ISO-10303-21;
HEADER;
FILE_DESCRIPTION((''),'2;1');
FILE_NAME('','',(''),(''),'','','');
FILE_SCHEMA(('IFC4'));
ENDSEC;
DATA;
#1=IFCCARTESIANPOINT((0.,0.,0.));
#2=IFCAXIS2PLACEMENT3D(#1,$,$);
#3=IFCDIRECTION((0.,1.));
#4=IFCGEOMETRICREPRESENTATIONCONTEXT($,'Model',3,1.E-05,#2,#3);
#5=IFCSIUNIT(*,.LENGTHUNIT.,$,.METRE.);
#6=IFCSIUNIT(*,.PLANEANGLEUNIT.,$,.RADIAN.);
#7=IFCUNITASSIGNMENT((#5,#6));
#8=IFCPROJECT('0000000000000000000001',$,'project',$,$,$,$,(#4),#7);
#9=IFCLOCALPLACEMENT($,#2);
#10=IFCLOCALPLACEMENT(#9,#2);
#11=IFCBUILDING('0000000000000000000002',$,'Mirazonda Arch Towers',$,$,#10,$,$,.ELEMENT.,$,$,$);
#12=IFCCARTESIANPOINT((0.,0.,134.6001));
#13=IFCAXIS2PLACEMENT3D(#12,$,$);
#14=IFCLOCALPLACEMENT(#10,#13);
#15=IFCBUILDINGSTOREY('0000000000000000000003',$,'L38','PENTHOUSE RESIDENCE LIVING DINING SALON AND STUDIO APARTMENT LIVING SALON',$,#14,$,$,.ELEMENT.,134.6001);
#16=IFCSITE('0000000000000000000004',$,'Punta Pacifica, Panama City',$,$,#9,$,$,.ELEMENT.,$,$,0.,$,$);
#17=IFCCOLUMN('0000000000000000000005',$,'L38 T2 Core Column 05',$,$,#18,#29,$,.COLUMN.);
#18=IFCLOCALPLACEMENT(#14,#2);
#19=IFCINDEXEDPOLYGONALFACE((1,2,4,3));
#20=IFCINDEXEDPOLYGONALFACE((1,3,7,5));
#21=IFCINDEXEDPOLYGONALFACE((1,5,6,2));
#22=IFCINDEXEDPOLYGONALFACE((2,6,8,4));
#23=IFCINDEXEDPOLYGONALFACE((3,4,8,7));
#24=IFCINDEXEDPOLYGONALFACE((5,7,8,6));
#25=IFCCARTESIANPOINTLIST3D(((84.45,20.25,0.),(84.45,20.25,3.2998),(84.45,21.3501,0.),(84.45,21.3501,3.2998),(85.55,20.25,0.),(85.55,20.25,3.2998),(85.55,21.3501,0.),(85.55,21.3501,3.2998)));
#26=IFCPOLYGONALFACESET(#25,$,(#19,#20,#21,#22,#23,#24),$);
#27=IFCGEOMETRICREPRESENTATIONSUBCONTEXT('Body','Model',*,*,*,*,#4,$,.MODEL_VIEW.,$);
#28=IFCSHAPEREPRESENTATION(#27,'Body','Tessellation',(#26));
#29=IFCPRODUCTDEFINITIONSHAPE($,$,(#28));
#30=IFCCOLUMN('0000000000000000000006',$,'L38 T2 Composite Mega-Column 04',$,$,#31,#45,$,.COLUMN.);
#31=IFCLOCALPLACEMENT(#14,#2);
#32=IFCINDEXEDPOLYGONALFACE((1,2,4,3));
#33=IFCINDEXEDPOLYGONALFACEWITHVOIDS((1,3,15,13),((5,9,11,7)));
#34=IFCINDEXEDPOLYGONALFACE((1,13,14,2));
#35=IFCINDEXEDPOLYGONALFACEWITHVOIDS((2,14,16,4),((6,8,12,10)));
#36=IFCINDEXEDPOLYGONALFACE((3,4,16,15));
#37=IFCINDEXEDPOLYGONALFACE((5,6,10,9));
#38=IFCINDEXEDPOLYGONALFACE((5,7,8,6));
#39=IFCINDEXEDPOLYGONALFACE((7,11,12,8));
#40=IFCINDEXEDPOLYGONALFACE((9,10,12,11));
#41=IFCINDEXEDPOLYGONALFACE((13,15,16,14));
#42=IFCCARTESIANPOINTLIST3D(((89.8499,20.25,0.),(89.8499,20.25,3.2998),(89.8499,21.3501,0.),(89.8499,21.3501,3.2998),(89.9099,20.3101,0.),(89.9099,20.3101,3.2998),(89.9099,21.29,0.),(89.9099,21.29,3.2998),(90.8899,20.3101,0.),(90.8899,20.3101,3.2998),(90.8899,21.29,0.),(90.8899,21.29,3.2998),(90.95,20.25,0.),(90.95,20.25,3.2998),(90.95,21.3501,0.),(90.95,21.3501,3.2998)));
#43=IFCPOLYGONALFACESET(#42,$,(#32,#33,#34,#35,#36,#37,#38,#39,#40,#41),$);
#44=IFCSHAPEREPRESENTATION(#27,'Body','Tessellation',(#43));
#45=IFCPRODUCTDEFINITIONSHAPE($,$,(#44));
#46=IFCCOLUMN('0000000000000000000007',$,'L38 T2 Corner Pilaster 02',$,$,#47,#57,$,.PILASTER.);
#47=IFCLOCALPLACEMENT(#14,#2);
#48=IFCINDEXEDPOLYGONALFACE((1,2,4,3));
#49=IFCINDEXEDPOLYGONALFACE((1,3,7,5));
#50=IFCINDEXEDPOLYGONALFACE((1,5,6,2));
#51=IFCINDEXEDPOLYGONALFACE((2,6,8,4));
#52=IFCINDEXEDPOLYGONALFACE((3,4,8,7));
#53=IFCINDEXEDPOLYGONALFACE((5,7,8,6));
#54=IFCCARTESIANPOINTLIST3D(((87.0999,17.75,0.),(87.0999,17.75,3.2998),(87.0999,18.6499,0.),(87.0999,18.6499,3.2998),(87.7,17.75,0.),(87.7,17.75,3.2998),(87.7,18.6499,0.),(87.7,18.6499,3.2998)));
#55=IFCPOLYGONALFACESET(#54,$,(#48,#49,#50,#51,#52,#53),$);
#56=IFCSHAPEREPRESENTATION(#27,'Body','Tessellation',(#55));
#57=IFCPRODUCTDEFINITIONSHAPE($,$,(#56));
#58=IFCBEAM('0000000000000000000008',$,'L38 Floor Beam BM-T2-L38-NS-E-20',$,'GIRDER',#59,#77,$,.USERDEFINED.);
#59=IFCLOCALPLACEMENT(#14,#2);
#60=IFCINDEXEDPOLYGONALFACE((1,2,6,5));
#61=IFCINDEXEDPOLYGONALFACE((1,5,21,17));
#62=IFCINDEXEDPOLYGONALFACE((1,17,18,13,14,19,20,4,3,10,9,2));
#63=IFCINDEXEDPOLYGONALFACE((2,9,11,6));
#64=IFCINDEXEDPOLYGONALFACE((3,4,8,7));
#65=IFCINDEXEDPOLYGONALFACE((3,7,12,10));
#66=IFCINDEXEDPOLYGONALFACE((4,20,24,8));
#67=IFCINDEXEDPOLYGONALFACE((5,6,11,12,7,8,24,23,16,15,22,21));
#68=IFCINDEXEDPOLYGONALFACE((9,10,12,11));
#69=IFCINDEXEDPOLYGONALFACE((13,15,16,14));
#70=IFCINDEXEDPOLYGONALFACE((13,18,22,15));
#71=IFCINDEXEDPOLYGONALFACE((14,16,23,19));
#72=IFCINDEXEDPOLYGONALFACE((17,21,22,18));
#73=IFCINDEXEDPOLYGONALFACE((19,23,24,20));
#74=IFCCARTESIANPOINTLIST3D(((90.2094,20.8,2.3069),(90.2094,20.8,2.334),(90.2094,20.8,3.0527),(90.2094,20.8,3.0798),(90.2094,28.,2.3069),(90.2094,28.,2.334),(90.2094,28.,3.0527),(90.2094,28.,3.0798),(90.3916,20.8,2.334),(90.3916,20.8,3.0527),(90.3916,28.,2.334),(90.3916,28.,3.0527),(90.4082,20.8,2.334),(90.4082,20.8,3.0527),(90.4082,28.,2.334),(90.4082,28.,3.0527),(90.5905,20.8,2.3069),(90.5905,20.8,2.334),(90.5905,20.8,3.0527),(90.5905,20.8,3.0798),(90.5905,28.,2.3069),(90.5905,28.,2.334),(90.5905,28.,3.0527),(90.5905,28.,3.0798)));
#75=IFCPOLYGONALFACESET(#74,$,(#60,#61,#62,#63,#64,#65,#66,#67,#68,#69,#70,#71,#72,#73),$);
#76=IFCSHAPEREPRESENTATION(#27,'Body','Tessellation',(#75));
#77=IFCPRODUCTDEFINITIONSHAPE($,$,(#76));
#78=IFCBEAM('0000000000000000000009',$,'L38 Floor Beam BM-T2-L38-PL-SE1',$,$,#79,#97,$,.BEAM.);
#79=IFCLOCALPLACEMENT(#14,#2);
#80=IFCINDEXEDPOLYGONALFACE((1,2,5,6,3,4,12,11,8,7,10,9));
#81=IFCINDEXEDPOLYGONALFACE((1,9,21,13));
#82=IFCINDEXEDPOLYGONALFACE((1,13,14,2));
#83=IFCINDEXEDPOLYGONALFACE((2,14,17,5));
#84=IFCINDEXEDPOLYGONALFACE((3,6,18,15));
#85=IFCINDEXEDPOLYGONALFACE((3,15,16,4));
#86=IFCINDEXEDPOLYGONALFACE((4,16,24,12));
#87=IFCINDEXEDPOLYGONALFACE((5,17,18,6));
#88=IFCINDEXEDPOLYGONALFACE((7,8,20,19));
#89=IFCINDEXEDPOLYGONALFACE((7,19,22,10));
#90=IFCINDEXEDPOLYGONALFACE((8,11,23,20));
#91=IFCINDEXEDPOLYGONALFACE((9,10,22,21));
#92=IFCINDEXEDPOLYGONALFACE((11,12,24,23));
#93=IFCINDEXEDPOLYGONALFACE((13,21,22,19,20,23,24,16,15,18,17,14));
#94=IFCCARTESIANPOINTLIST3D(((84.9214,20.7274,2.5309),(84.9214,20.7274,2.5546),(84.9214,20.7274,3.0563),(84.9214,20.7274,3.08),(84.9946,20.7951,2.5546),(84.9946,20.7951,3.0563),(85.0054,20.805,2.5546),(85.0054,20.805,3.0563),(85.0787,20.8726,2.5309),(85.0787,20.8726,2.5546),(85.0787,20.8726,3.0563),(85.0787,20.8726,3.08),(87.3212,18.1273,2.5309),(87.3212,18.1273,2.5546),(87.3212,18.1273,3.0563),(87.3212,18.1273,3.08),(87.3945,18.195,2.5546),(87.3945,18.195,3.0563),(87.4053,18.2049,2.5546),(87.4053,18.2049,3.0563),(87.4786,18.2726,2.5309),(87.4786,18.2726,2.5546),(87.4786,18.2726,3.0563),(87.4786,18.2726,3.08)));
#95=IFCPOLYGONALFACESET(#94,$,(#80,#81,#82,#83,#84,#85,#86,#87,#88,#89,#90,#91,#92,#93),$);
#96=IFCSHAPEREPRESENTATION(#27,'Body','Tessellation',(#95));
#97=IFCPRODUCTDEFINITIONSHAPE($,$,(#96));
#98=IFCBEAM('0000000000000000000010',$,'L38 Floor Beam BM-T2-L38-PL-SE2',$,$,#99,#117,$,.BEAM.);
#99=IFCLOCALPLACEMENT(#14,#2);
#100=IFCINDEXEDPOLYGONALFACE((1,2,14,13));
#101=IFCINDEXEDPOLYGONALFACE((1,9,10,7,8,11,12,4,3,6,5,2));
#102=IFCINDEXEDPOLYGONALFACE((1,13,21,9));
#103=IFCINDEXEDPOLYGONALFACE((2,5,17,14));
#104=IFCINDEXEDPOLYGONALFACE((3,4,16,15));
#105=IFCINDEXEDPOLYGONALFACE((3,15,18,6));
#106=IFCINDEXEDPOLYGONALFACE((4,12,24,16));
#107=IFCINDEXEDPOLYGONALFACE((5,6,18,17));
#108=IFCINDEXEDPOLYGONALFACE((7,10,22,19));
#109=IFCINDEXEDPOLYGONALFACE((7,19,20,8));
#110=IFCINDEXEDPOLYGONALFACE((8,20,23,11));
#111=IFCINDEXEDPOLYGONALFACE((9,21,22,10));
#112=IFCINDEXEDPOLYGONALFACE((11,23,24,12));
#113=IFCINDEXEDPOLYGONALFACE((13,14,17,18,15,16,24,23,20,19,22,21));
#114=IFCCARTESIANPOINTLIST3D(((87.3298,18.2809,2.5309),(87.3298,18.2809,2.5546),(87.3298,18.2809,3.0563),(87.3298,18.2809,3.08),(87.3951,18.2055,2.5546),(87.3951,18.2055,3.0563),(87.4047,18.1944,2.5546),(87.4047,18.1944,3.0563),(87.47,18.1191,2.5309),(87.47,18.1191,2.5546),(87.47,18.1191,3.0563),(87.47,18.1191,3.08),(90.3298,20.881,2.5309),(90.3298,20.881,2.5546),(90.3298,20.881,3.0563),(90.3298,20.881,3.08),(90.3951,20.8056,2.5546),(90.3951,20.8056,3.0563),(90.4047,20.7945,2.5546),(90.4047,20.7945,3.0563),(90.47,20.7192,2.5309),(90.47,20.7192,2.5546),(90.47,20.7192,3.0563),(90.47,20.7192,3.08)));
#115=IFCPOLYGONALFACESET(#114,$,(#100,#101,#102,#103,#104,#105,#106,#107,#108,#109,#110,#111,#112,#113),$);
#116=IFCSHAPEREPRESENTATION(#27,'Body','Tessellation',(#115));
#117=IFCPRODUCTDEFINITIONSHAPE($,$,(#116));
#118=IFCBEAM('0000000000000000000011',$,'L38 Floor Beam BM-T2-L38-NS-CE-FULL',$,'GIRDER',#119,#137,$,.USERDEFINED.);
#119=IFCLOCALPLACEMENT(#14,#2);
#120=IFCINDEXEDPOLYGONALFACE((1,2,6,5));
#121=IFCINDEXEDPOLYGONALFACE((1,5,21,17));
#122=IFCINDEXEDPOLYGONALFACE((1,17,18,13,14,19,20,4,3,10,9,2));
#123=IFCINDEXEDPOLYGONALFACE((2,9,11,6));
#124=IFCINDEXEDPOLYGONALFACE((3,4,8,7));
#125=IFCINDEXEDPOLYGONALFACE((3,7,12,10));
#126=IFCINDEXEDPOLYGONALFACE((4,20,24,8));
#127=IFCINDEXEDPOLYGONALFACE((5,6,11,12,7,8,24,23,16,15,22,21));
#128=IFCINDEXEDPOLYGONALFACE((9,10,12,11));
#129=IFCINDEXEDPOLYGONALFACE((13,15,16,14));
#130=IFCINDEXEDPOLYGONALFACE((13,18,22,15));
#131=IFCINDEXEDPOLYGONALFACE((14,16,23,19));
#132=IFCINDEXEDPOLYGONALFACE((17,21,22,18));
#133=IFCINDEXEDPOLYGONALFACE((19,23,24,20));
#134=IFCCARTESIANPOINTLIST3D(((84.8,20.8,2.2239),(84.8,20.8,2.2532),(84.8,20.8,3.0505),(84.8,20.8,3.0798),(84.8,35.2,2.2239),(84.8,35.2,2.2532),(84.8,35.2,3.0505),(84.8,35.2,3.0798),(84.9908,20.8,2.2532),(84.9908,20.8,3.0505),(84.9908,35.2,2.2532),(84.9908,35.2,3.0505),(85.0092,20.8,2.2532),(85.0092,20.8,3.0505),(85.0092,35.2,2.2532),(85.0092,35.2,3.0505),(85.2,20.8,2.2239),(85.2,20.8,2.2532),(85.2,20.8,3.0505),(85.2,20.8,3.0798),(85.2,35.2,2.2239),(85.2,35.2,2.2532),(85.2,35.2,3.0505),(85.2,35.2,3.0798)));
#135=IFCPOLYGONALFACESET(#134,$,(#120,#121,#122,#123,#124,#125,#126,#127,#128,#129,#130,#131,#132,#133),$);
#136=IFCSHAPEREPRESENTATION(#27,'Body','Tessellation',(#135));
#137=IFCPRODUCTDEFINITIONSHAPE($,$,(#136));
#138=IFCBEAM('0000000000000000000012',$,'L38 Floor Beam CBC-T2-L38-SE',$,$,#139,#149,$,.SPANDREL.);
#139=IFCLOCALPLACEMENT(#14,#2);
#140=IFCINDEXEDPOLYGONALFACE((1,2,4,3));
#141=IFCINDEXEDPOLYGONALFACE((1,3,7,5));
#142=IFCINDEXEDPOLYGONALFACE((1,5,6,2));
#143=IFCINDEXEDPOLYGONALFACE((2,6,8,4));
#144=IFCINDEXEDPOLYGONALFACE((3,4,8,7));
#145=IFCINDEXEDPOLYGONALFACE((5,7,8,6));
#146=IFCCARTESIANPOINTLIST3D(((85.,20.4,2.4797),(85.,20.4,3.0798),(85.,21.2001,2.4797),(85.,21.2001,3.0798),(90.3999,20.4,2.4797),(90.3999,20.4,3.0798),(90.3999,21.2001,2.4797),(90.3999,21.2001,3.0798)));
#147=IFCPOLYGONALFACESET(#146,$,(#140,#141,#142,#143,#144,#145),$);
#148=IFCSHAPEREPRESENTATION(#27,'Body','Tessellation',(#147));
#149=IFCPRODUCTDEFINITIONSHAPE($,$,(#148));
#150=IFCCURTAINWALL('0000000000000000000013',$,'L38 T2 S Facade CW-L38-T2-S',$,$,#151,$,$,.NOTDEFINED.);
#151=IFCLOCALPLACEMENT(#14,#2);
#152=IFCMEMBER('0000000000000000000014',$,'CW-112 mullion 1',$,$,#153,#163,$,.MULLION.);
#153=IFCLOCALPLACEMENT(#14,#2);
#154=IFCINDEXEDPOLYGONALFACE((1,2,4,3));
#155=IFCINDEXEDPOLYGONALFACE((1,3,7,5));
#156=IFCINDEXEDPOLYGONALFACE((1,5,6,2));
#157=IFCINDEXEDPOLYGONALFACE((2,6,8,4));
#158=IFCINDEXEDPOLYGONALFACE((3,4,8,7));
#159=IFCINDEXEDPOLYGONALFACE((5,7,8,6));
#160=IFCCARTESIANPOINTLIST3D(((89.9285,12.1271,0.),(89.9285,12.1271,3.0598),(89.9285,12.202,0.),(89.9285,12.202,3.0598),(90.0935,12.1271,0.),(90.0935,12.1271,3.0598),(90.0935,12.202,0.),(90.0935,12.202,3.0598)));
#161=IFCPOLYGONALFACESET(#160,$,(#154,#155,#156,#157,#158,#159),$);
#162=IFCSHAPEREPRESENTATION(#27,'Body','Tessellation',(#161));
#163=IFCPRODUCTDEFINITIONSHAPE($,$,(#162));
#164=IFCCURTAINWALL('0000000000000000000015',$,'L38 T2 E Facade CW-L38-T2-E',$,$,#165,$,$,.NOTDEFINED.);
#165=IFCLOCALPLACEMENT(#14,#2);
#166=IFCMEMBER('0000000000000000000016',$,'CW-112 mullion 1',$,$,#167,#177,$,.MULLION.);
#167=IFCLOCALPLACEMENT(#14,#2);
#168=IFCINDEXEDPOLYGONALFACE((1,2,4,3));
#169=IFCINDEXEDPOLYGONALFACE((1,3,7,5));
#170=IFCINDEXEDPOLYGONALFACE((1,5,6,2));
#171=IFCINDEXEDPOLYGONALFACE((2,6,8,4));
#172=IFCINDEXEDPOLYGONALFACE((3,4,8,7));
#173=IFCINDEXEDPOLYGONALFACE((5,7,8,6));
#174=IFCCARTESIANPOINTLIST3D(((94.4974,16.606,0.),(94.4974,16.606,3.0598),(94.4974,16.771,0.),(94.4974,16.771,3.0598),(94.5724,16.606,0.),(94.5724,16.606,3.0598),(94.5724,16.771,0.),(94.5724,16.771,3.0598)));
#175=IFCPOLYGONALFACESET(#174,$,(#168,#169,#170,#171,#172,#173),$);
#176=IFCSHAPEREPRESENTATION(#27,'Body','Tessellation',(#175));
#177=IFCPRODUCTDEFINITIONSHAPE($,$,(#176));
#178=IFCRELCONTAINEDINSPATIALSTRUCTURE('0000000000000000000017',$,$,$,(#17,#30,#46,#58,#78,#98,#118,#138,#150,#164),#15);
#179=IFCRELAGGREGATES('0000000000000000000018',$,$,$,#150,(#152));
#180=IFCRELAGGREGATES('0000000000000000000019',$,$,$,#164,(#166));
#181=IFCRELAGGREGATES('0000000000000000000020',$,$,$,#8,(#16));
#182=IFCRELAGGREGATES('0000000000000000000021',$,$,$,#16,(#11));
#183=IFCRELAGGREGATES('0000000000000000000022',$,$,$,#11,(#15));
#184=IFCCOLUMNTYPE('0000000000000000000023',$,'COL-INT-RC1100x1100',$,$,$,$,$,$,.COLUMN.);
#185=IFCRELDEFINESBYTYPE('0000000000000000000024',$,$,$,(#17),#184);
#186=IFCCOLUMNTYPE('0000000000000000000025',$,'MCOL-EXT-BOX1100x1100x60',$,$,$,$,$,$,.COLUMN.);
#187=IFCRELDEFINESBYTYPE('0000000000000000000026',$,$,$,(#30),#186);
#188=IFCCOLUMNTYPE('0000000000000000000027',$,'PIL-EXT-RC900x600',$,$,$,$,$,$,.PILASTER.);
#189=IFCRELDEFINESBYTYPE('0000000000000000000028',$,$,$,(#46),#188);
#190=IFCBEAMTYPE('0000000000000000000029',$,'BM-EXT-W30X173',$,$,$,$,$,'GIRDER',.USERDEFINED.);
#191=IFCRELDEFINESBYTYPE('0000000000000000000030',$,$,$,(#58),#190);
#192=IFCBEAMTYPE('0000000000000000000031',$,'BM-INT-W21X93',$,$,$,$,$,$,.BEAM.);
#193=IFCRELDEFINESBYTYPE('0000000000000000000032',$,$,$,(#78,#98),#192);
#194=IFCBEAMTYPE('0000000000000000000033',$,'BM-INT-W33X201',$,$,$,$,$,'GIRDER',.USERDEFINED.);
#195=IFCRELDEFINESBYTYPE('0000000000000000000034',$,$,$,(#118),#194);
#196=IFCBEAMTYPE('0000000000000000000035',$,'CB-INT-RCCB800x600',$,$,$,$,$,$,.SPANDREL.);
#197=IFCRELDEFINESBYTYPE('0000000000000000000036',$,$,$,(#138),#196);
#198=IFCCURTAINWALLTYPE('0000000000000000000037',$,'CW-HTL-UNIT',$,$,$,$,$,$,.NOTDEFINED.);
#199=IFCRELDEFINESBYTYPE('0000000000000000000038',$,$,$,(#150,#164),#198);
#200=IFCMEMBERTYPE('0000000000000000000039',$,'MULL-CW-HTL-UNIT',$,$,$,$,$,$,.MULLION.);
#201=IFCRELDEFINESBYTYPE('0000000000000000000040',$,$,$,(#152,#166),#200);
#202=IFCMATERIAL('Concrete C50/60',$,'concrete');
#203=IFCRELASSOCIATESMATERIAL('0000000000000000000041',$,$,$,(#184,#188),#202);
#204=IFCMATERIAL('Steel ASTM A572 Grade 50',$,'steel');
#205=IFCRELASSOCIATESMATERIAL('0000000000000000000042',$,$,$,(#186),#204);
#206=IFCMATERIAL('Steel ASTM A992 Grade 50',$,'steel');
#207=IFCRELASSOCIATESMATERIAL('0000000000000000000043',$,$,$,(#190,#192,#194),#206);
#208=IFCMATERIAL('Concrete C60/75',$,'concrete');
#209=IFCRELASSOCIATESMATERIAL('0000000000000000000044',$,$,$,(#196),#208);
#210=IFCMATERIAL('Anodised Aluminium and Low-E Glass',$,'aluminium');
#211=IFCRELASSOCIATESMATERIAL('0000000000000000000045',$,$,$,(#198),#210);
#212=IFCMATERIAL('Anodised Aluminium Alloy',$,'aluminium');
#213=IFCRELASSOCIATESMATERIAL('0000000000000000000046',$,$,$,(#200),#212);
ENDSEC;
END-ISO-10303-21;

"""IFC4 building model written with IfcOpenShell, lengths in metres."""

from ifc_helpers import new_model, si_unit, direction, frame, origin, origin_2d, place, context, subcontext, project, spatial, rectangle, hollow_rectangle, i_section, extrude, material, material_profile, profile_set, type_object, element, aggregate, save


model = new_model("IFC4")

# Units and contexts
model_context = context("Model", 3, precision=1e-05, world=origin(), true_north=direction((0.0, 1.0)))
body_context = subcontext(model_context, "Body", "Model", "MODEL_VIEW")
ifc_project = project(units=[si_unit("LENGTHUNIT", "METRE"), si_unit("PLANEANGLEUNIT", "RADIAN")], contexts=[model_context])

# Site, building, storey
site_placement = place(None, origin())
site = spatial("IfcSite", under=ifc_project, at=site_placement, Name="Punta Pacifica, Panama City", CompositionType="ELEMENT", RefElevation=0.0)
building_placement = place(site_placement, origin())
building = spatial("IfcBuilding", under=site, at=building_placement, Name="Mirazonda Arch Towers", CompositionType="ELEMENT")
storey_placement = place(building_placement, frame((0.0, 0.0, 134.6001)))
storey = spatial("IfcBuildingStorey", under=building, at=storey_placement, Name="L38", Description="PENTHOUSE RESIDENCE LIVING DINING SALON AND STUDIO APARTMENT LIVING SALON", CompositionType="ELEMENT", Elevation=134.6001)

# Columns
ifc_material_1 = material(Name="Concrete C50/60", Category="concrete")
ifc_material_profile_1 = material_profile(ifc_material_1, rectangle(XDim=1.1001, YDim=1.1001, at=origin_2d()), Name="RC1100x1100")
ifc_profile_set_1 = profile_set([ifc_material_profile_1], Name="Concrete C50/60")
column_type_1 = type_object("IfcColumnType", Name="COL-INT-RC1100x1100", PredefinedType="COLUMN", material=ifc_profile_set_1)
column_1_placement = place(storey_placement, frame((85.0, 20.8, 0.0), z_axis=(0.0, 0.0, 1.0), x_axis=(1.0, 0.0, 0.0)))
element("IfcColumn", 1, at=column_1_placement, inside=storey, type_object=column_type_1, Name="L38 T2 Core Column 05", PredefinedType="COLUMN", context=body_context, shape_type="SweptSolid", body=[
    extrude(rectangle(XDim=1.1001, YDim=1.1001, at=origin_2d()), origin(), (0.0, 0.0, 1.0), 3.2998),
])
ifc_material_2 = material(Name="Steel ASTM A572 Grade 50", Category="steel")
ifc_material_profile_2 = material_profile(ifc_material_2, hollow_rectangle(XDim=1.1001, YDim=1.1001, WallThickness=0.0601, at=origin_2d()), Name="BOX1100x1100x60")
ifc_profile_set_2 = profile_set([ifc_material_profile_2], Name="Steel ASTM A572 Grade 50")
column_type_2 = type_object("IfcColumnType", Name="MCOL-EXT-BOX1100x1100x60", PredefinedType="COLUMN", material=ifc_profile_set_2)
column_2_placement = place(storey_placement, frame((90.3999, 20.8, 0.0), z_axis=(0.0, 0.0, 1.0), x_axis=(1.0, 0.0, 0.0)))
element("IfcColumn", 2, at=column_2_placement, inside=storey, type_object=column_type_2, Name="L38 T2 Composite Mega-Column 04", PredefinedType="COLUMN", context=body_context, shape_type="SweptSolid", body=[
    extrude(hollow_rectangle(XDim=1.1001, YDim=1.1001, WallThickness=0.0601, at=origin_2d()), origin(), (0.0, 0.0, 1.0), 3.2998),
])
ifc_material_profile_3 = material_profile(ifc_material_1, rectangle(XDim=0.6001, YDim=0.8999, at=origin_2d()), Name="RC900x600")
ifc_profile_set_3 = profile_set([ifc_material_profile_3], Name="Concrete C50/60")
column_type_3 = type_object("IfcColumnType", Name="PIL-EXT-RC900x600", PredefinedType="PILASTER", material=ifc_profile_set_3)
column_3_placement = place(storey_placement, frame((87.3999, 18.2, 0.0), z_axis=(0.0, 0.0, 1.0), x_axis=(1.0, 0.0, 0.0)))
element("IfcColumn", 3, at=column_3_placement, inside=storey, type_object=column_type_3, Name="L38 T2 Corner Pilaster 02", PredefinedType="PILASTER", context=body_context, shape_type="SweptSolid", body=[
    extrude(rectangle(XDim=0.6001, YDim=0.8999, at=origin_2d()), origin(), (0.0, 0.0, 1.0), 3.2998),
])

# Beams
ifc_material_3 = material(Name="Steel ASTM A992 Grade 50", Category="steel")
ifc_material_profile_4 = material_profile(ifc_material_3, i_section(OverallWidth=0.3811, OverallDepth=0.7729, WebThickness=0.0166, FlangeThickness=0.0271, at=origin_2d()), Name="W30X173")
ifc_profile_set_4 = profile_set([ifc_material_profile_4], Name="Steel ASTM A992 Grade 50")
beam_type_1 = type_object("IfcBeamType", Name="BM-EXT-W30X173", ElementType="GIRDER", PredefinedType="USERDEFINED", material=ifc_profile_set_4)
beam_1_placement = place(storey_placement, frame((90.3999, 20.8, 2.6934), z_axis=(0.0, 1.0, 0.0), x_axis=(-1.0, 0.0, 0.0)))
element("IfcBeam", 4, at=beam_1_placement, inside=storey, type_object=beam_type_1, Name="L38 Floor Beam BM-T2-L38-NS-E-20", ObjectType="GIRDER", PredefinedType="USERDEFINED", context=body_context, shape_type="SweptSolid", body=[
    extrude(i_section(OverallWidth=0.3811, OverallDepth=0.7729, WebThickness=0.0166, FlangeThickness=0.0271, at=origin_2d()), origin(), (0.0, 0.0, 1.0), 7.2),
])
ifc_material_profile_5 = material_profile(ifc_material_3, i_section(OverallWidth=0.2141, OverallDepth=0.5491, WebThickness=0.0146, FlangeThickness=0.0237, at=origin_2d()), Name="W21X93")
ifc_profile_set_5 = profile_set([ifc_material_profile_5], Name="Steel ASTM A992 Grade 50")
beam_type_2 = type_object("IfcBeamType", Name="BM-INT-W21X93", PredefinedType="BEAM", material=ifc_profile_set_5)
beam_2_placement = place(storey_placement, frame((87.3999, 18.2, 2.8054), z_axis=(-0.678251, 0.73483, 0.0), x_axis=(-0.73483, -0.678251, 0.0)))
element("IfcBeam", 5, at=beam_2_placement, inside=storey, type_object=beam_type_2, Name="L38 Floor Beam BM-T2-L38-PL-SE1", PredefinedType="BEAM", context=body_context, shape_type="SweptSolid", body=[
    extrude(i_section(OverallWidth=0.2141, OverallDepth=0.5491, WebThickness=0.0146, FlangeThickness=0.0237, at=origin_2d()), origin(), (0.0, 0.0, 1.0), 3.5383),
])
beam_3_placement = place(storey_placement, frame((87.3999, 18.2, 2.8054), z_axis=(0.755677, 0.654945, 0.0), x_axis=(-0.654945, 0.755677, 0.0)))
element("IfcBeam", 6, at=beam_3_placement, inside=storey, type_object=beam_type_2, Name="L38 Floor Beam BM-T2-L38-PL-SE2", PredefinedType="BEAM", context=body_context, shape_type="SweptSolid", body=[
    extrude(i_section(OverallWidth=0.2141, OverallDepth=0.5491, WebThickness=0.0146, FlangeThickness=0.0237, at=origin_2d()), origin(), (0.0, 0.0, 1.0), 3.97),
])
ifc_material_profile_6 = material_profile(ifc_material_3, i_section(OverallWidth=0.3999, OverallDepth=0.856, WebThickness=0.0183, FlangeThickness=0.0293, at=origin_2d()), Name="W33X201")
ifc_profile_set_6 = profile_set([ifc_material_profile_6], Name="Steel ASTM A992 Grade 50")
beam_type_3 = type_object("IfcBeamType", Name="BM-INT-W33X201", ElementType="GIRDER", PredefinedType="USERDEFINED", material=ifc_profile_set_6)
beam_4_placement = place(storey_placement, frame((85.0, 20.8, 2.6519), z_axis=(0.0, 1.0, 0.0), x_axis=(-1.0, 0.0, 0.0)))
element("IfcBeam", 7, at=beam_4_placement, inside=storey, type_object=beam_type_3, Name="L38 Floor Beam BM-T2-L38-NS-CE-FULL", ObjectType="GIRDER", PredefinedType="USERDEFINED", context=body_context, shape_type="SweptSolid", body=[
    extrude(i_section(OverallWidth=0.3999, OverallDepth=0.856, WebThickness=0.0183, FlangeThickness=0.0293, at=origin_2d()), origin(), (0.0, 0.0, 1.0), 14.3999),
])
ifc_material_4 = material(Name="Concrete C60/75", Category="concrete")
ifc_material_profile_7 = material_profile(ifc_material_4, rectangle(XDim=0.8, YDim=0.6001, at=origin_2d()), Name="RCCB800x600")
ifc_profile_set_7 = profile_set([ifc_material_profile_7], Name="Concrete C60/75")
beam_type_4 = type_object("IfcBeamType", Name="CB-INT-RCCB800x600", PredefinedType="SPANDREL", material=ifc_profile_set_7)
beam_5_placement = place(storey_placement, frame((85.0, 20.8, 2.7798), z_axis=(1.0, 0.0, 0.0), x_axis=(0.0, 1.0, 0.0)))
element("IfcBeam", 8, at=beam_5_placement, inside=storey, type_object=beam_type_4, Name="L38 Floor Beam CBC-T2-L38-SE", PredefinedType="SPANDREL", context=body_context, shape_type="SweptSolid", body=[
    extrude(rectangle(XDim=0.8, YDim=0.6001, at=origin_2d()), origin(), (0.0, 0.0, 1.0), 5.3999),
])

# Curtain wall, member
ifc_material_5 = material(Name="Anodised Aluminium and Low-E Glass", Category="aluminium")
curtain_wall_type = type_object("IfcCurtainWallType", Name="CW-HTL-UNIT", PredefinedType="NOTDEFINED", material=ifc_material_5)
curtain_wall_1_placement = place(storey_placement, origin())
curtain_wall_1 = element("IfcCurtainWall", 9, at=curtain_wall_1_placement, inside=storey, type_object=curtain_wall_type, Name="L38 T2 S Facade CW-L38-T2-S", PredefinedType="NOTDEFINED")
ifc_material_6 = material(Name="Anodised Aluminium Alloy", Category="aluminium")
ifc_material_profile_8 = material_profile(ifc_material_6, rectangle(XDim=0.075, YDim=0.165, at=origin_2d()), Name="ALU-MULL-75x165")
ifc_profile_set_8 = profile_set([ifc_material_profile_8], Name="Anodised Aluminium Alloy")
member_type_1 = type_object("IfcMemberType", Name="MULL-CW-HTL-UNIT", PredefinedType="MULLION", material=ifc_profile_set_8)
member_1_placement = place(storey_placement, frame((90.011, 12.1646, 0.0), z_axis=(0.0, 0.0, 1.0), x_axis=(0.0, -1.0, 0.0)))
member_1 = element("IfcMember", 10, at=member_1_placement, type_object=member_type_1, Name="CW-112 mullion 1", PredefinedType="MULLION", context=body_context, shape_type="SweptSolid", body=[
    extrude(rectangle(XDim=0.075, YDim=0.165, at=origin_2d()), origin(), (0.0, 0.0, 1.0), 3.0598),
])

# Curtain wall, member
curtain_wall_2_placement = place(storey_placement, origin())
curtain_wall_2 = element("IfcCurtainWall", 11, at=curtain_wall_2_placement, inside=storey, type_object=curtain_wall_type, Name="L38 T2 E Facade CW-L38-T2-E", PredefinedType="NOTDEFINED")
member_2_placement = place(storey_placement, frame((94.5349, 16.6885, 0.0), z_axis=(0.0, 0.0, 1.0), x_axis=(-1.0, 0.0, 0.0)))
member_2 = element("IfcMember", 12, at=member_2_placement, type_object=member_type_1, Name="CW-112 mullion 1", PredefinedType="MULLION", context=body_context, shape_type="SweptSolid", body=[
    extrude(rectangle(XDim=0.075, YDim=0.165, at=origin_2d()), origin(), (0.0, 0.0, 1.0), 3.0598),
])

aggregate(curtain_wall_1, [member_1])
aggregate(curtain_wall_2, [member_2])

save(model, "model.ifc")
